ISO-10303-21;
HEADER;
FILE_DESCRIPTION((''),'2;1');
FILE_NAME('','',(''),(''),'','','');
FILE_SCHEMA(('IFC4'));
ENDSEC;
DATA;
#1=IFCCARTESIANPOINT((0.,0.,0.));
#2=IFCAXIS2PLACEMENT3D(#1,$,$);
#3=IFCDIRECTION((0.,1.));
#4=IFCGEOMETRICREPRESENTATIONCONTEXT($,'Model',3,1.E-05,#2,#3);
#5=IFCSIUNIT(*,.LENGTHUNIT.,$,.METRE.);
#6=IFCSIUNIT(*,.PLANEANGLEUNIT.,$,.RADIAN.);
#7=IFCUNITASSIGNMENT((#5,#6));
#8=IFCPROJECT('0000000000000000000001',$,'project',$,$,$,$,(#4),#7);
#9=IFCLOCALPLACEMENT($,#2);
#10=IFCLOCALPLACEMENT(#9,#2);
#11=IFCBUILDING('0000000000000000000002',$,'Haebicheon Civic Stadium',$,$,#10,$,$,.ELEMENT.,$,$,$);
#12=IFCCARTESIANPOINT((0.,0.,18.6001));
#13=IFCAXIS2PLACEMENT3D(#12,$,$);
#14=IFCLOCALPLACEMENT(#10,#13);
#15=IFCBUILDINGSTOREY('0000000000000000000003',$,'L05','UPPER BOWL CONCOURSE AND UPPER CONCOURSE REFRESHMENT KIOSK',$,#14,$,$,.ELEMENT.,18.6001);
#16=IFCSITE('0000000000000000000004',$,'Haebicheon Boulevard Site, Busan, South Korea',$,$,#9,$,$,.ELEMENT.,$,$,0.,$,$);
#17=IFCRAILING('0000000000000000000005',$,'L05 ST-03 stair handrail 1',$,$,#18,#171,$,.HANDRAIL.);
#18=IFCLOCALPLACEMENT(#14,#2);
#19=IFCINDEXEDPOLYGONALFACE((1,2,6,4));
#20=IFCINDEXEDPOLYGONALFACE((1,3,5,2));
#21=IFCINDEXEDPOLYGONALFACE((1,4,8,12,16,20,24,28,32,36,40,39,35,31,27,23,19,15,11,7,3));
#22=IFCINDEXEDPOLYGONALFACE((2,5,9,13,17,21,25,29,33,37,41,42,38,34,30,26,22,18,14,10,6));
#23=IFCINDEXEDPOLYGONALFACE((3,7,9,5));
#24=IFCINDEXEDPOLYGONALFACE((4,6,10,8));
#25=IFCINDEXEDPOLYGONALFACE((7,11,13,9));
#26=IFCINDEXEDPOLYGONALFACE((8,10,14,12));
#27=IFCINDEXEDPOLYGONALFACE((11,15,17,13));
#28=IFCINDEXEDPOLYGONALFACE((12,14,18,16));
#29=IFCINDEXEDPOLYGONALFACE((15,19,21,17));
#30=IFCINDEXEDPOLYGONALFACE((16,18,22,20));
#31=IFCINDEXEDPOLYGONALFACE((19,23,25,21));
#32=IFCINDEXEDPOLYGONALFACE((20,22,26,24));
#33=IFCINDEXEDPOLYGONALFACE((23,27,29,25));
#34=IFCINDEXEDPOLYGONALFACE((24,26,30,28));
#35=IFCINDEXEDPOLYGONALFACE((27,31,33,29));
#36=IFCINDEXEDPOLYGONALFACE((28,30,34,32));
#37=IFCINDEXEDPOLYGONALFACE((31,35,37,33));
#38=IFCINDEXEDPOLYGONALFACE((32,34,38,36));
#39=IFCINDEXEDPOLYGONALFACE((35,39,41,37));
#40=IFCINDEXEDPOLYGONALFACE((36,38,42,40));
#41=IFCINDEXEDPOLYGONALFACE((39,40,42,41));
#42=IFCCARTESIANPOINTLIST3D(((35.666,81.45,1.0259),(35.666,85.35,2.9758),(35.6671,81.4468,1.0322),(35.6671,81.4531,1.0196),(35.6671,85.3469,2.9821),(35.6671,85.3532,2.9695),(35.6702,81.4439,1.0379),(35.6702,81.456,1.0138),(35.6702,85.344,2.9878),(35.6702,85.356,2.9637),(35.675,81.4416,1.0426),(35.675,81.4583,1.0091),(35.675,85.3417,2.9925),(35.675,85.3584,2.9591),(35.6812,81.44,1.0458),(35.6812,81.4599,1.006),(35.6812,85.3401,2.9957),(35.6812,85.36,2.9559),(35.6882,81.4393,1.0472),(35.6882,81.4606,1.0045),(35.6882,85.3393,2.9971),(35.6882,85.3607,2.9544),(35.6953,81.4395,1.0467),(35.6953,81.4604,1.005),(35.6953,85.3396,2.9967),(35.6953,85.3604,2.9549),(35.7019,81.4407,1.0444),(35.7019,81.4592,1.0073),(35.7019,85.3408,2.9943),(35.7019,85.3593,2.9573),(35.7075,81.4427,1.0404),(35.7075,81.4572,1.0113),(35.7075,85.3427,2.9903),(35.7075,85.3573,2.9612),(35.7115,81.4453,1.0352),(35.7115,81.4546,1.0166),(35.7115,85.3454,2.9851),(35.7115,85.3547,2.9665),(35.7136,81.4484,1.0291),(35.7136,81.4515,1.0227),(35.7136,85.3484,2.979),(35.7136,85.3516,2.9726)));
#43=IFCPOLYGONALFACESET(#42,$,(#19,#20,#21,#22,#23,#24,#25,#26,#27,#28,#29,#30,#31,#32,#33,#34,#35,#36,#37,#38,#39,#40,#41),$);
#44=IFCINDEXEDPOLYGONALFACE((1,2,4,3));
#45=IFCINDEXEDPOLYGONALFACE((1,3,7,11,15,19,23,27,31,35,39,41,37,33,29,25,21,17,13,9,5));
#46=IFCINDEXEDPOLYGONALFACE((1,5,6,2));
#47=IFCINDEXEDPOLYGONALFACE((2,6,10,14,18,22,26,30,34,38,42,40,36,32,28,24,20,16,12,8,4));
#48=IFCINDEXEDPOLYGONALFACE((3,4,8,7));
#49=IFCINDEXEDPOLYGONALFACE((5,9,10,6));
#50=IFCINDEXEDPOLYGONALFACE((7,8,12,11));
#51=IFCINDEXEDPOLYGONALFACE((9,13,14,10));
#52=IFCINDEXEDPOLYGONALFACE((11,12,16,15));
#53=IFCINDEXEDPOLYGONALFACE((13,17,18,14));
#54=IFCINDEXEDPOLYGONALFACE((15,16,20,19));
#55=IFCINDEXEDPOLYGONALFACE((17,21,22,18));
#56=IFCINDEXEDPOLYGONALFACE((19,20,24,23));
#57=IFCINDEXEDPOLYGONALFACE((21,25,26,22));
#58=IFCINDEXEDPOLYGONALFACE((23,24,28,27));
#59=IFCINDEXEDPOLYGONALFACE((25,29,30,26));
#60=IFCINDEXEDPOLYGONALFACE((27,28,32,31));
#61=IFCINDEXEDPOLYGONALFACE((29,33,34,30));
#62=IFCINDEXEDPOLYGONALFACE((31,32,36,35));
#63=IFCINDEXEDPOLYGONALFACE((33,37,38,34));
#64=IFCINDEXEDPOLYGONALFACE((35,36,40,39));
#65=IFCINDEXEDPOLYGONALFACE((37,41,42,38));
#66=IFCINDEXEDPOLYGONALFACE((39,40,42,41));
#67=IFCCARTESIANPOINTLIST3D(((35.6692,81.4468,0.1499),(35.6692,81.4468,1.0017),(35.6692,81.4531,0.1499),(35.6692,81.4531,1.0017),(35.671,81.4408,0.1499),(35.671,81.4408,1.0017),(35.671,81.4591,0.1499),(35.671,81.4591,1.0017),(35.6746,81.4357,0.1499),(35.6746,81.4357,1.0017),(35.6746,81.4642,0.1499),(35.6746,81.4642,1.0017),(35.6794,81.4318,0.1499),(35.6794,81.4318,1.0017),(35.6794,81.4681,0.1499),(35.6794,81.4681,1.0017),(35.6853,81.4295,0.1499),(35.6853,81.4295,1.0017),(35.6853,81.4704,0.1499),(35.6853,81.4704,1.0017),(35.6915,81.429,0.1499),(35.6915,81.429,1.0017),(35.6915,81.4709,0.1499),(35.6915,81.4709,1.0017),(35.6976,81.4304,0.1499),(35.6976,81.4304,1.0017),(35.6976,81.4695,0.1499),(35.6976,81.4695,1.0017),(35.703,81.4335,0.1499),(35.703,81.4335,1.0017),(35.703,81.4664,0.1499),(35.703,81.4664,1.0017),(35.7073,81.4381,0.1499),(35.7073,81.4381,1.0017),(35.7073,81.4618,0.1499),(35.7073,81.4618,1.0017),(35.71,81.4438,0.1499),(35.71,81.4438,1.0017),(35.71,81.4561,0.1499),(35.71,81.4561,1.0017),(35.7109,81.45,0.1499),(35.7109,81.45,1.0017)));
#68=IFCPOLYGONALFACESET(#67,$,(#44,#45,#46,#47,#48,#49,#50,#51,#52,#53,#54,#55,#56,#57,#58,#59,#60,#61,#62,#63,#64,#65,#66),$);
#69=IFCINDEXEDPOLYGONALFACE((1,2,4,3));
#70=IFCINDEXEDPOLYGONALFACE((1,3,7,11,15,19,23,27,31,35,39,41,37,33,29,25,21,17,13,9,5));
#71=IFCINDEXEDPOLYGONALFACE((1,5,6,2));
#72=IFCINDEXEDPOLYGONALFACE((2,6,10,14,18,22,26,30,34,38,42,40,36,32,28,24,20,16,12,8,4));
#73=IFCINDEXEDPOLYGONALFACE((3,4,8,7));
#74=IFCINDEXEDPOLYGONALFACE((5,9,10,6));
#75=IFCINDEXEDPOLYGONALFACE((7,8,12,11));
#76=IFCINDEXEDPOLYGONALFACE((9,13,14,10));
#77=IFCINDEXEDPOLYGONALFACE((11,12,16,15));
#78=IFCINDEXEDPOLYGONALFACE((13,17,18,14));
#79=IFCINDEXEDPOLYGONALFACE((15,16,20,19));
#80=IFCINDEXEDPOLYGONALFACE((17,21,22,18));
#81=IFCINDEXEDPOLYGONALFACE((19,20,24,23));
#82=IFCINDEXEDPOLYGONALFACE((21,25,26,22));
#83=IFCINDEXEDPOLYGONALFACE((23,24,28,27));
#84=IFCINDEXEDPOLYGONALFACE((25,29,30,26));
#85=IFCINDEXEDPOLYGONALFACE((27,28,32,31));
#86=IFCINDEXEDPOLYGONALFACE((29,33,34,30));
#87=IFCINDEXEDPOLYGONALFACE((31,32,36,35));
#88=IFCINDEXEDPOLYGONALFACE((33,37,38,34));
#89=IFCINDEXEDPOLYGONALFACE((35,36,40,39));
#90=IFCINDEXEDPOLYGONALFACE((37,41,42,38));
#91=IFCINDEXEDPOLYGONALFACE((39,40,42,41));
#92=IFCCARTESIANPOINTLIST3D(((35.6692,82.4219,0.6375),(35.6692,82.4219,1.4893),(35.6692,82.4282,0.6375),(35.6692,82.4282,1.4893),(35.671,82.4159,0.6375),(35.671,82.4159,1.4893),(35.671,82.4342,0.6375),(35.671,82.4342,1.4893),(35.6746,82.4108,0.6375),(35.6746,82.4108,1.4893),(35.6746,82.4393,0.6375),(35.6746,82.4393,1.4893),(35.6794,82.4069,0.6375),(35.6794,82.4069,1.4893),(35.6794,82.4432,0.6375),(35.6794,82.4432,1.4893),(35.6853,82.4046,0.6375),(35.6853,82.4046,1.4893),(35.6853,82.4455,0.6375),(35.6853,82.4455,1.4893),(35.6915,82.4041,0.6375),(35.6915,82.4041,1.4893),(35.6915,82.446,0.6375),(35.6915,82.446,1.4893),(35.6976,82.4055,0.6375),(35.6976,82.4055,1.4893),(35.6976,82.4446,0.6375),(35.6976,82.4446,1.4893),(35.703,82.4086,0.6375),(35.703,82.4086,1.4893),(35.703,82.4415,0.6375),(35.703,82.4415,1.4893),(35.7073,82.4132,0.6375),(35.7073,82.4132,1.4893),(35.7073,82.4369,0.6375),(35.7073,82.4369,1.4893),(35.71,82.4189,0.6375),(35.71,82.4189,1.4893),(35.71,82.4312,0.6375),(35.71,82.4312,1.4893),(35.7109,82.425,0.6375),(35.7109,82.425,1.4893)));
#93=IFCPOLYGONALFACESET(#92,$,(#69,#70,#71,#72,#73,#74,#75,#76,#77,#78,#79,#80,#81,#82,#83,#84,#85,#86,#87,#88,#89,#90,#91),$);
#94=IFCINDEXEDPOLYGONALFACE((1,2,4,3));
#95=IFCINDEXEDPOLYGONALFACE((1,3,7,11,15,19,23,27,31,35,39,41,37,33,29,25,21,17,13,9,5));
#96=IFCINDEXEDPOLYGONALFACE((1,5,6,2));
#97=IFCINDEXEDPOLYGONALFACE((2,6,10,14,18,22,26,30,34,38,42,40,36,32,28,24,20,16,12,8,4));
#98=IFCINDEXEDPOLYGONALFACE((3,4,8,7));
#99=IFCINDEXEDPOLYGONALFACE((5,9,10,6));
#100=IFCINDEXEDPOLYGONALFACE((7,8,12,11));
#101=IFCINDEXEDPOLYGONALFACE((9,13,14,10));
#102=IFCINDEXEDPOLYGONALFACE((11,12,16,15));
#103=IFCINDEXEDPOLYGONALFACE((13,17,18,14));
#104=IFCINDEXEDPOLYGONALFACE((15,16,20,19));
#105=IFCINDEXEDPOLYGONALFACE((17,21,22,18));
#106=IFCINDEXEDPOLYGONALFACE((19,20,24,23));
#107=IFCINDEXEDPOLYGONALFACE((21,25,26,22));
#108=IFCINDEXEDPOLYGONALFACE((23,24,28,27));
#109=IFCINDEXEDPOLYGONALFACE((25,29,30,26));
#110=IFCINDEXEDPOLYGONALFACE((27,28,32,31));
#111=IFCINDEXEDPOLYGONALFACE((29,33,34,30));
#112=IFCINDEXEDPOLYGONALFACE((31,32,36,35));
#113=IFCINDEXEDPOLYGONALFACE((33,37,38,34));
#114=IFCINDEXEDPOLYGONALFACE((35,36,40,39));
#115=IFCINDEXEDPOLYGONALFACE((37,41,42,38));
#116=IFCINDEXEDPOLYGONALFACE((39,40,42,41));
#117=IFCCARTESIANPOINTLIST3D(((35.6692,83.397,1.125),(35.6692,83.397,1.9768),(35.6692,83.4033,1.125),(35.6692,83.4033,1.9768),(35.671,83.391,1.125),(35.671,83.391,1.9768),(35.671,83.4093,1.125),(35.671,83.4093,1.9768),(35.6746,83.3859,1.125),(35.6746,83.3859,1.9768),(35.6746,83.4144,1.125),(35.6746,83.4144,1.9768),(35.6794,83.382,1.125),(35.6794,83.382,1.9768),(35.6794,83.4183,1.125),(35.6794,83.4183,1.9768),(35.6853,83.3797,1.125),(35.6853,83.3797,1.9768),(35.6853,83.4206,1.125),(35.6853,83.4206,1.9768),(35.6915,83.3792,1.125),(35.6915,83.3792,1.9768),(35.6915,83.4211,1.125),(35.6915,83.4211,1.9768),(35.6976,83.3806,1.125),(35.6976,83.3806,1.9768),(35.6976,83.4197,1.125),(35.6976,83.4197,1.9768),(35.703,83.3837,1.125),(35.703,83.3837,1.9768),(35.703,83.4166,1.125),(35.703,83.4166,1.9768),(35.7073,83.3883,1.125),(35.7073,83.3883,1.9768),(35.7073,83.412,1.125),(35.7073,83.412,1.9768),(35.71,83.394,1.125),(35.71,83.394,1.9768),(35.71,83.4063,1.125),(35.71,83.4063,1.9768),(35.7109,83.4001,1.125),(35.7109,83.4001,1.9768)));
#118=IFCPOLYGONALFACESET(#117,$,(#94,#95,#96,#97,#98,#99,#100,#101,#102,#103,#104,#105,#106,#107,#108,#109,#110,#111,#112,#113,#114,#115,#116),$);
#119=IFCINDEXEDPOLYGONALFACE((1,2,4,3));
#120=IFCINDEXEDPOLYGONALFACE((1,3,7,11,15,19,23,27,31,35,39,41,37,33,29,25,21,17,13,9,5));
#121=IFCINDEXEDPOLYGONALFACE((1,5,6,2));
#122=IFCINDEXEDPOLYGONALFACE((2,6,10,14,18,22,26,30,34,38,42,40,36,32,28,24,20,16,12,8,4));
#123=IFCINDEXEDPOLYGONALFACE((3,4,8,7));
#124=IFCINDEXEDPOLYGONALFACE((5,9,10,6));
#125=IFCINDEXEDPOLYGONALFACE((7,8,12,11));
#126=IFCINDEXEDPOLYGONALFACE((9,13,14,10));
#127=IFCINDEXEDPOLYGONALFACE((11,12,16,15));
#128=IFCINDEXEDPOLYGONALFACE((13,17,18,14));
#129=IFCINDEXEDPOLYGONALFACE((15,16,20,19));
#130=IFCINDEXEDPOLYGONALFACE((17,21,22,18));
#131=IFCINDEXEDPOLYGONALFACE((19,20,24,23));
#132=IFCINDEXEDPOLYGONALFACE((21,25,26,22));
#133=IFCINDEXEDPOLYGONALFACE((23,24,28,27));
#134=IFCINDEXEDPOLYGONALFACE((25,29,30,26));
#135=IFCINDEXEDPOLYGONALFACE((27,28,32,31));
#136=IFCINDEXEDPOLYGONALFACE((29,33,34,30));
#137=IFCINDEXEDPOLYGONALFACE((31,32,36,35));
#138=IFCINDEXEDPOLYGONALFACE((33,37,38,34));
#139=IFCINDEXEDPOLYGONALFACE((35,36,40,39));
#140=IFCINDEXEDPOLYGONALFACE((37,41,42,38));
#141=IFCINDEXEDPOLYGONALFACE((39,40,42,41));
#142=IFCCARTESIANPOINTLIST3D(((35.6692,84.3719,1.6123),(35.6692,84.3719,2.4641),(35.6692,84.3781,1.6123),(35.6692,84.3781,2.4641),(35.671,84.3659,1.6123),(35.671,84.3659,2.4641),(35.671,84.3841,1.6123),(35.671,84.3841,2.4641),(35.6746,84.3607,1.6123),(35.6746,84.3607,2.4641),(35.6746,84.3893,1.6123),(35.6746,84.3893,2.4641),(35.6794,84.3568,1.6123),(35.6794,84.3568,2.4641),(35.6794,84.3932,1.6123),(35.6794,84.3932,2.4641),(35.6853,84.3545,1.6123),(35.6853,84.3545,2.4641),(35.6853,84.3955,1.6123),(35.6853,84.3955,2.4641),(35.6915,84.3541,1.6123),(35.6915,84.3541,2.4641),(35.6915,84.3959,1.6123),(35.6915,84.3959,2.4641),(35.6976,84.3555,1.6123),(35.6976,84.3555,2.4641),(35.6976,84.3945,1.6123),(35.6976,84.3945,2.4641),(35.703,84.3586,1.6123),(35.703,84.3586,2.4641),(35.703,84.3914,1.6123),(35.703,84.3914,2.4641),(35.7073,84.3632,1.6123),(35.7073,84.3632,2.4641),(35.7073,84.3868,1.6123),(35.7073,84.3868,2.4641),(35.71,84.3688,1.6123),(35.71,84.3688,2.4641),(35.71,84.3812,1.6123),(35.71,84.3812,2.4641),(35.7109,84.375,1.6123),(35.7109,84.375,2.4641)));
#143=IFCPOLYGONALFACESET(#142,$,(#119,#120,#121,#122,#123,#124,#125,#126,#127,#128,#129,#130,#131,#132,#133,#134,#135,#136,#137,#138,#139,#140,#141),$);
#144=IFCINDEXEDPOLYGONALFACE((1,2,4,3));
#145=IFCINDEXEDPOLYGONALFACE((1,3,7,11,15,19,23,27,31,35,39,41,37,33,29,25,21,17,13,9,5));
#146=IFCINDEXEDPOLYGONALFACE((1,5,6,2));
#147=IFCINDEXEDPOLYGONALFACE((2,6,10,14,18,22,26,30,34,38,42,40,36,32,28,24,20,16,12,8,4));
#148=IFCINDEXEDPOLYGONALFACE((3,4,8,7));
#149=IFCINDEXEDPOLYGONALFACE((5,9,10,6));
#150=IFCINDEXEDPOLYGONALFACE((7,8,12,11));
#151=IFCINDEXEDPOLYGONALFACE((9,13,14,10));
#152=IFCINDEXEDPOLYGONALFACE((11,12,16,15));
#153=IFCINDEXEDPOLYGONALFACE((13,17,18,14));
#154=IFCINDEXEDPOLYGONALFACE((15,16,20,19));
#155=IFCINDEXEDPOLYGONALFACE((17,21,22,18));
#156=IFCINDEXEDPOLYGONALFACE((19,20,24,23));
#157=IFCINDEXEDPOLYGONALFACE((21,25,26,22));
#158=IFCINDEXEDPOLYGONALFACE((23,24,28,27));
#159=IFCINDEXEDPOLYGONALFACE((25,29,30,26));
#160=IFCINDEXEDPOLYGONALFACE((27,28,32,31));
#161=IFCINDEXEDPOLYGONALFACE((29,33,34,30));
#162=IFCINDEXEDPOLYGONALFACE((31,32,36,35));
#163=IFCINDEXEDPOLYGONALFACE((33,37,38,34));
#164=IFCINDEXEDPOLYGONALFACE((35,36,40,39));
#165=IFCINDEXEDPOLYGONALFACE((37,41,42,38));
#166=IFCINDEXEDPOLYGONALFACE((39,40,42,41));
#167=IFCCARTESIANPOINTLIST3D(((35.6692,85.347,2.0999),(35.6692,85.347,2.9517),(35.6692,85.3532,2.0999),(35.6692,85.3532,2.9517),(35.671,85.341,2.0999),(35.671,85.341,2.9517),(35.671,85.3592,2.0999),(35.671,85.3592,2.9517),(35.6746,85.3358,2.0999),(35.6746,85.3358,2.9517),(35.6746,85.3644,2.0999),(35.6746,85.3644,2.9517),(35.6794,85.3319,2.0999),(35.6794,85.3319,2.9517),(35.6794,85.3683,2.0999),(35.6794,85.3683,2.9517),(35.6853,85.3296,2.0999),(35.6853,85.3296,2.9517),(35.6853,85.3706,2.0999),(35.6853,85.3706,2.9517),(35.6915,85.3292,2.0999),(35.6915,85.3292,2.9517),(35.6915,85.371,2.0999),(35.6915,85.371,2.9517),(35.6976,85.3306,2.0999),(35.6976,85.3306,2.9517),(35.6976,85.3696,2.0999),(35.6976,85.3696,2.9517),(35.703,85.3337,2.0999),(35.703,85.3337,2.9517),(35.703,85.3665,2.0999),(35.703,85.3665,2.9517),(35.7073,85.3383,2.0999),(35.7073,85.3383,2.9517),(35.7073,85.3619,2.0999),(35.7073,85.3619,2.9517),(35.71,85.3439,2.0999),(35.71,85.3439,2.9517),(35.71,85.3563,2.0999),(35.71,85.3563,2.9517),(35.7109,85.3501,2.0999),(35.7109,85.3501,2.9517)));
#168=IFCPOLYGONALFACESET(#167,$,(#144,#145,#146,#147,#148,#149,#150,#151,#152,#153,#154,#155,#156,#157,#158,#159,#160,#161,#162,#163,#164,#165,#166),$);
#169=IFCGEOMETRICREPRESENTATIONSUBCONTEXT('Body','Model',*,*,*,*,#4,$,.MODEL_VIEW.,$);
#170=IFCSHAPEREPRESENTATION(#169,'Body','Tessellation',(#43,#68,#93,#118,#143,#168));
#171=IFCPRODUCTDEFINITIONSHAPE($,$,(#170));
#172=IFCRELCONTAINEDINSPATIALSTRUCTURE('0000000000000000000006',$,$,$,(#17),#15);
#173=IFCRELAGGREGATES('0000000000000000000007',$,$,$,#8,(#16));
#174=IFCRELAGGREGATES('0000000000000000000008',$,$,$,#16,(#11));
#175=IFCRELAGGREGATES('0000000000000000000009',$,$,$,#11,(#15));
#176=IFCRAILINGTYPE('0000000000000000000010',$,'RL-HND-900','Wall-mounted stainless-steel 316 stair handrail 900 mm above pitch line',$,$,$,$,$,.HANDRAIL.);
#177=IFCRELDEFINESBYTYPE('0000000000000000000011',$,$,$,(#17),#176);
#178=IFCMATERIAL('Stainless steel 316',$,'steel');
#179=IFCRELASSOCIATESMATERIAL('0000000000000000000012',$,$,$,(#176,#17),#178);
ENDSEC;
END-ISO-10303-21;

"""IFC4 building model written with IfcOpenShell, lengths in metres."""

from ifc_helpers import new_model, si_unit, direction, frame, origin, origin_2d, place, context, subcontext, project, spatial, circle, extrude, material, type_object, element, save


model = new_model("IFC4")

# Units and contexts
model_context = context("Model", 3, precision=1e-05, world=origin(), true_north=direction((0.0, 1.0)))
body_context = subcontext(model_context, "Body", "Model", "MODEL_VIEW")
ifc_project = project(units=[si_unit("LENGTHUNIT", "METRE"), si_unit("PLANEANGLEUNIT", "RADIAN")], contexts=[model_context])

# Site, building, storey
site_placement = place(None, origin())
site = spatial("IfcSite", under=ifc_project, at=site_placement, Name="Haebicheon Boulevard Site, Busan, South Korea", CompositionType="ELEMENT", RefElevation=0.0)
building_placement = place(site_placement, origin())
building = spatial("IfcBuilding", under=site, at=building_placement, Name="Haebicheon Civic Stadium", CompositionType="ELEMENT")
storey_placement = place(building_placement, frame((0.0, 0.0, 18.6001)))
storey = spatial("IfcBuildingStorey", under=building, at=storey_placement, Name="L05", Description="UPPER BOWL CONCOURSE AND UPPER CONCOURSE REFRESHMENT KIOSK", CompositionType="ELEMENT", Elevation=18.6001)

# Railing
ifc_material_1 = material(Name="Stainless steel 316", Category="steel")
railing_type_1 = type_object("IfcRailingType", Name="RL-HND-900", Description="Wall-mounted stainless-steel 316 stair handrail 900 mm above pitch line", PredefinedType="HANDRAIL", material=ifc_material_1)
railing_1_placement = place(storey_placement, frame((35.6899, 81.45, 0.1499)))
element("IfcRailing", 1, at=railing_1_placement, inside=storey, type_object=railing_type_1, material=ifc_material_1, Name="L05 ST-03 stair handrail 1", PredefinedType="HANDRAIL", context=body_context, shape_type="SweptSolid", body=[
    extrude(circle(Radius=0.0239, at=origin_2d()), frame((0.0, 0.0, 0.876), z_axis=(0.0, 0.894438, 0.447191), x_axis=(-1.0, 0.0, 0.0)), (0.0, 0.0, 1.0), 4.3604),
    extrude(circle(Radius=0.021, at=origin_2d()), origin(), (0.0, 0.0, 1.0), 0.8518),
    extrude(circle(Radius=0.021, at=origin_2d()), frame((0.0, 0.9751, 0.4875)), (0.0, 0.0, 1.0), 0.8518),
    extrude(circle(Radius=0.021, at=origin_2d()), frame((0.0, 1.9502, 0.9751)), (0.0, 0.0, 1.0), 0.8518),
    extrude(circle(Radius=0.021, at=origin_2d()), frame((0.0, 2.925, 1.4624)), (0.0, 0.0, 1.0), 0.8518),
    extrude(circle(Radius=0.021, at=origin_2d()), frame((0.0, 3.9001, 1.95)), (0.0, 0.0, 1.0), 0.8518),
])

save(model, "model.ifc")
